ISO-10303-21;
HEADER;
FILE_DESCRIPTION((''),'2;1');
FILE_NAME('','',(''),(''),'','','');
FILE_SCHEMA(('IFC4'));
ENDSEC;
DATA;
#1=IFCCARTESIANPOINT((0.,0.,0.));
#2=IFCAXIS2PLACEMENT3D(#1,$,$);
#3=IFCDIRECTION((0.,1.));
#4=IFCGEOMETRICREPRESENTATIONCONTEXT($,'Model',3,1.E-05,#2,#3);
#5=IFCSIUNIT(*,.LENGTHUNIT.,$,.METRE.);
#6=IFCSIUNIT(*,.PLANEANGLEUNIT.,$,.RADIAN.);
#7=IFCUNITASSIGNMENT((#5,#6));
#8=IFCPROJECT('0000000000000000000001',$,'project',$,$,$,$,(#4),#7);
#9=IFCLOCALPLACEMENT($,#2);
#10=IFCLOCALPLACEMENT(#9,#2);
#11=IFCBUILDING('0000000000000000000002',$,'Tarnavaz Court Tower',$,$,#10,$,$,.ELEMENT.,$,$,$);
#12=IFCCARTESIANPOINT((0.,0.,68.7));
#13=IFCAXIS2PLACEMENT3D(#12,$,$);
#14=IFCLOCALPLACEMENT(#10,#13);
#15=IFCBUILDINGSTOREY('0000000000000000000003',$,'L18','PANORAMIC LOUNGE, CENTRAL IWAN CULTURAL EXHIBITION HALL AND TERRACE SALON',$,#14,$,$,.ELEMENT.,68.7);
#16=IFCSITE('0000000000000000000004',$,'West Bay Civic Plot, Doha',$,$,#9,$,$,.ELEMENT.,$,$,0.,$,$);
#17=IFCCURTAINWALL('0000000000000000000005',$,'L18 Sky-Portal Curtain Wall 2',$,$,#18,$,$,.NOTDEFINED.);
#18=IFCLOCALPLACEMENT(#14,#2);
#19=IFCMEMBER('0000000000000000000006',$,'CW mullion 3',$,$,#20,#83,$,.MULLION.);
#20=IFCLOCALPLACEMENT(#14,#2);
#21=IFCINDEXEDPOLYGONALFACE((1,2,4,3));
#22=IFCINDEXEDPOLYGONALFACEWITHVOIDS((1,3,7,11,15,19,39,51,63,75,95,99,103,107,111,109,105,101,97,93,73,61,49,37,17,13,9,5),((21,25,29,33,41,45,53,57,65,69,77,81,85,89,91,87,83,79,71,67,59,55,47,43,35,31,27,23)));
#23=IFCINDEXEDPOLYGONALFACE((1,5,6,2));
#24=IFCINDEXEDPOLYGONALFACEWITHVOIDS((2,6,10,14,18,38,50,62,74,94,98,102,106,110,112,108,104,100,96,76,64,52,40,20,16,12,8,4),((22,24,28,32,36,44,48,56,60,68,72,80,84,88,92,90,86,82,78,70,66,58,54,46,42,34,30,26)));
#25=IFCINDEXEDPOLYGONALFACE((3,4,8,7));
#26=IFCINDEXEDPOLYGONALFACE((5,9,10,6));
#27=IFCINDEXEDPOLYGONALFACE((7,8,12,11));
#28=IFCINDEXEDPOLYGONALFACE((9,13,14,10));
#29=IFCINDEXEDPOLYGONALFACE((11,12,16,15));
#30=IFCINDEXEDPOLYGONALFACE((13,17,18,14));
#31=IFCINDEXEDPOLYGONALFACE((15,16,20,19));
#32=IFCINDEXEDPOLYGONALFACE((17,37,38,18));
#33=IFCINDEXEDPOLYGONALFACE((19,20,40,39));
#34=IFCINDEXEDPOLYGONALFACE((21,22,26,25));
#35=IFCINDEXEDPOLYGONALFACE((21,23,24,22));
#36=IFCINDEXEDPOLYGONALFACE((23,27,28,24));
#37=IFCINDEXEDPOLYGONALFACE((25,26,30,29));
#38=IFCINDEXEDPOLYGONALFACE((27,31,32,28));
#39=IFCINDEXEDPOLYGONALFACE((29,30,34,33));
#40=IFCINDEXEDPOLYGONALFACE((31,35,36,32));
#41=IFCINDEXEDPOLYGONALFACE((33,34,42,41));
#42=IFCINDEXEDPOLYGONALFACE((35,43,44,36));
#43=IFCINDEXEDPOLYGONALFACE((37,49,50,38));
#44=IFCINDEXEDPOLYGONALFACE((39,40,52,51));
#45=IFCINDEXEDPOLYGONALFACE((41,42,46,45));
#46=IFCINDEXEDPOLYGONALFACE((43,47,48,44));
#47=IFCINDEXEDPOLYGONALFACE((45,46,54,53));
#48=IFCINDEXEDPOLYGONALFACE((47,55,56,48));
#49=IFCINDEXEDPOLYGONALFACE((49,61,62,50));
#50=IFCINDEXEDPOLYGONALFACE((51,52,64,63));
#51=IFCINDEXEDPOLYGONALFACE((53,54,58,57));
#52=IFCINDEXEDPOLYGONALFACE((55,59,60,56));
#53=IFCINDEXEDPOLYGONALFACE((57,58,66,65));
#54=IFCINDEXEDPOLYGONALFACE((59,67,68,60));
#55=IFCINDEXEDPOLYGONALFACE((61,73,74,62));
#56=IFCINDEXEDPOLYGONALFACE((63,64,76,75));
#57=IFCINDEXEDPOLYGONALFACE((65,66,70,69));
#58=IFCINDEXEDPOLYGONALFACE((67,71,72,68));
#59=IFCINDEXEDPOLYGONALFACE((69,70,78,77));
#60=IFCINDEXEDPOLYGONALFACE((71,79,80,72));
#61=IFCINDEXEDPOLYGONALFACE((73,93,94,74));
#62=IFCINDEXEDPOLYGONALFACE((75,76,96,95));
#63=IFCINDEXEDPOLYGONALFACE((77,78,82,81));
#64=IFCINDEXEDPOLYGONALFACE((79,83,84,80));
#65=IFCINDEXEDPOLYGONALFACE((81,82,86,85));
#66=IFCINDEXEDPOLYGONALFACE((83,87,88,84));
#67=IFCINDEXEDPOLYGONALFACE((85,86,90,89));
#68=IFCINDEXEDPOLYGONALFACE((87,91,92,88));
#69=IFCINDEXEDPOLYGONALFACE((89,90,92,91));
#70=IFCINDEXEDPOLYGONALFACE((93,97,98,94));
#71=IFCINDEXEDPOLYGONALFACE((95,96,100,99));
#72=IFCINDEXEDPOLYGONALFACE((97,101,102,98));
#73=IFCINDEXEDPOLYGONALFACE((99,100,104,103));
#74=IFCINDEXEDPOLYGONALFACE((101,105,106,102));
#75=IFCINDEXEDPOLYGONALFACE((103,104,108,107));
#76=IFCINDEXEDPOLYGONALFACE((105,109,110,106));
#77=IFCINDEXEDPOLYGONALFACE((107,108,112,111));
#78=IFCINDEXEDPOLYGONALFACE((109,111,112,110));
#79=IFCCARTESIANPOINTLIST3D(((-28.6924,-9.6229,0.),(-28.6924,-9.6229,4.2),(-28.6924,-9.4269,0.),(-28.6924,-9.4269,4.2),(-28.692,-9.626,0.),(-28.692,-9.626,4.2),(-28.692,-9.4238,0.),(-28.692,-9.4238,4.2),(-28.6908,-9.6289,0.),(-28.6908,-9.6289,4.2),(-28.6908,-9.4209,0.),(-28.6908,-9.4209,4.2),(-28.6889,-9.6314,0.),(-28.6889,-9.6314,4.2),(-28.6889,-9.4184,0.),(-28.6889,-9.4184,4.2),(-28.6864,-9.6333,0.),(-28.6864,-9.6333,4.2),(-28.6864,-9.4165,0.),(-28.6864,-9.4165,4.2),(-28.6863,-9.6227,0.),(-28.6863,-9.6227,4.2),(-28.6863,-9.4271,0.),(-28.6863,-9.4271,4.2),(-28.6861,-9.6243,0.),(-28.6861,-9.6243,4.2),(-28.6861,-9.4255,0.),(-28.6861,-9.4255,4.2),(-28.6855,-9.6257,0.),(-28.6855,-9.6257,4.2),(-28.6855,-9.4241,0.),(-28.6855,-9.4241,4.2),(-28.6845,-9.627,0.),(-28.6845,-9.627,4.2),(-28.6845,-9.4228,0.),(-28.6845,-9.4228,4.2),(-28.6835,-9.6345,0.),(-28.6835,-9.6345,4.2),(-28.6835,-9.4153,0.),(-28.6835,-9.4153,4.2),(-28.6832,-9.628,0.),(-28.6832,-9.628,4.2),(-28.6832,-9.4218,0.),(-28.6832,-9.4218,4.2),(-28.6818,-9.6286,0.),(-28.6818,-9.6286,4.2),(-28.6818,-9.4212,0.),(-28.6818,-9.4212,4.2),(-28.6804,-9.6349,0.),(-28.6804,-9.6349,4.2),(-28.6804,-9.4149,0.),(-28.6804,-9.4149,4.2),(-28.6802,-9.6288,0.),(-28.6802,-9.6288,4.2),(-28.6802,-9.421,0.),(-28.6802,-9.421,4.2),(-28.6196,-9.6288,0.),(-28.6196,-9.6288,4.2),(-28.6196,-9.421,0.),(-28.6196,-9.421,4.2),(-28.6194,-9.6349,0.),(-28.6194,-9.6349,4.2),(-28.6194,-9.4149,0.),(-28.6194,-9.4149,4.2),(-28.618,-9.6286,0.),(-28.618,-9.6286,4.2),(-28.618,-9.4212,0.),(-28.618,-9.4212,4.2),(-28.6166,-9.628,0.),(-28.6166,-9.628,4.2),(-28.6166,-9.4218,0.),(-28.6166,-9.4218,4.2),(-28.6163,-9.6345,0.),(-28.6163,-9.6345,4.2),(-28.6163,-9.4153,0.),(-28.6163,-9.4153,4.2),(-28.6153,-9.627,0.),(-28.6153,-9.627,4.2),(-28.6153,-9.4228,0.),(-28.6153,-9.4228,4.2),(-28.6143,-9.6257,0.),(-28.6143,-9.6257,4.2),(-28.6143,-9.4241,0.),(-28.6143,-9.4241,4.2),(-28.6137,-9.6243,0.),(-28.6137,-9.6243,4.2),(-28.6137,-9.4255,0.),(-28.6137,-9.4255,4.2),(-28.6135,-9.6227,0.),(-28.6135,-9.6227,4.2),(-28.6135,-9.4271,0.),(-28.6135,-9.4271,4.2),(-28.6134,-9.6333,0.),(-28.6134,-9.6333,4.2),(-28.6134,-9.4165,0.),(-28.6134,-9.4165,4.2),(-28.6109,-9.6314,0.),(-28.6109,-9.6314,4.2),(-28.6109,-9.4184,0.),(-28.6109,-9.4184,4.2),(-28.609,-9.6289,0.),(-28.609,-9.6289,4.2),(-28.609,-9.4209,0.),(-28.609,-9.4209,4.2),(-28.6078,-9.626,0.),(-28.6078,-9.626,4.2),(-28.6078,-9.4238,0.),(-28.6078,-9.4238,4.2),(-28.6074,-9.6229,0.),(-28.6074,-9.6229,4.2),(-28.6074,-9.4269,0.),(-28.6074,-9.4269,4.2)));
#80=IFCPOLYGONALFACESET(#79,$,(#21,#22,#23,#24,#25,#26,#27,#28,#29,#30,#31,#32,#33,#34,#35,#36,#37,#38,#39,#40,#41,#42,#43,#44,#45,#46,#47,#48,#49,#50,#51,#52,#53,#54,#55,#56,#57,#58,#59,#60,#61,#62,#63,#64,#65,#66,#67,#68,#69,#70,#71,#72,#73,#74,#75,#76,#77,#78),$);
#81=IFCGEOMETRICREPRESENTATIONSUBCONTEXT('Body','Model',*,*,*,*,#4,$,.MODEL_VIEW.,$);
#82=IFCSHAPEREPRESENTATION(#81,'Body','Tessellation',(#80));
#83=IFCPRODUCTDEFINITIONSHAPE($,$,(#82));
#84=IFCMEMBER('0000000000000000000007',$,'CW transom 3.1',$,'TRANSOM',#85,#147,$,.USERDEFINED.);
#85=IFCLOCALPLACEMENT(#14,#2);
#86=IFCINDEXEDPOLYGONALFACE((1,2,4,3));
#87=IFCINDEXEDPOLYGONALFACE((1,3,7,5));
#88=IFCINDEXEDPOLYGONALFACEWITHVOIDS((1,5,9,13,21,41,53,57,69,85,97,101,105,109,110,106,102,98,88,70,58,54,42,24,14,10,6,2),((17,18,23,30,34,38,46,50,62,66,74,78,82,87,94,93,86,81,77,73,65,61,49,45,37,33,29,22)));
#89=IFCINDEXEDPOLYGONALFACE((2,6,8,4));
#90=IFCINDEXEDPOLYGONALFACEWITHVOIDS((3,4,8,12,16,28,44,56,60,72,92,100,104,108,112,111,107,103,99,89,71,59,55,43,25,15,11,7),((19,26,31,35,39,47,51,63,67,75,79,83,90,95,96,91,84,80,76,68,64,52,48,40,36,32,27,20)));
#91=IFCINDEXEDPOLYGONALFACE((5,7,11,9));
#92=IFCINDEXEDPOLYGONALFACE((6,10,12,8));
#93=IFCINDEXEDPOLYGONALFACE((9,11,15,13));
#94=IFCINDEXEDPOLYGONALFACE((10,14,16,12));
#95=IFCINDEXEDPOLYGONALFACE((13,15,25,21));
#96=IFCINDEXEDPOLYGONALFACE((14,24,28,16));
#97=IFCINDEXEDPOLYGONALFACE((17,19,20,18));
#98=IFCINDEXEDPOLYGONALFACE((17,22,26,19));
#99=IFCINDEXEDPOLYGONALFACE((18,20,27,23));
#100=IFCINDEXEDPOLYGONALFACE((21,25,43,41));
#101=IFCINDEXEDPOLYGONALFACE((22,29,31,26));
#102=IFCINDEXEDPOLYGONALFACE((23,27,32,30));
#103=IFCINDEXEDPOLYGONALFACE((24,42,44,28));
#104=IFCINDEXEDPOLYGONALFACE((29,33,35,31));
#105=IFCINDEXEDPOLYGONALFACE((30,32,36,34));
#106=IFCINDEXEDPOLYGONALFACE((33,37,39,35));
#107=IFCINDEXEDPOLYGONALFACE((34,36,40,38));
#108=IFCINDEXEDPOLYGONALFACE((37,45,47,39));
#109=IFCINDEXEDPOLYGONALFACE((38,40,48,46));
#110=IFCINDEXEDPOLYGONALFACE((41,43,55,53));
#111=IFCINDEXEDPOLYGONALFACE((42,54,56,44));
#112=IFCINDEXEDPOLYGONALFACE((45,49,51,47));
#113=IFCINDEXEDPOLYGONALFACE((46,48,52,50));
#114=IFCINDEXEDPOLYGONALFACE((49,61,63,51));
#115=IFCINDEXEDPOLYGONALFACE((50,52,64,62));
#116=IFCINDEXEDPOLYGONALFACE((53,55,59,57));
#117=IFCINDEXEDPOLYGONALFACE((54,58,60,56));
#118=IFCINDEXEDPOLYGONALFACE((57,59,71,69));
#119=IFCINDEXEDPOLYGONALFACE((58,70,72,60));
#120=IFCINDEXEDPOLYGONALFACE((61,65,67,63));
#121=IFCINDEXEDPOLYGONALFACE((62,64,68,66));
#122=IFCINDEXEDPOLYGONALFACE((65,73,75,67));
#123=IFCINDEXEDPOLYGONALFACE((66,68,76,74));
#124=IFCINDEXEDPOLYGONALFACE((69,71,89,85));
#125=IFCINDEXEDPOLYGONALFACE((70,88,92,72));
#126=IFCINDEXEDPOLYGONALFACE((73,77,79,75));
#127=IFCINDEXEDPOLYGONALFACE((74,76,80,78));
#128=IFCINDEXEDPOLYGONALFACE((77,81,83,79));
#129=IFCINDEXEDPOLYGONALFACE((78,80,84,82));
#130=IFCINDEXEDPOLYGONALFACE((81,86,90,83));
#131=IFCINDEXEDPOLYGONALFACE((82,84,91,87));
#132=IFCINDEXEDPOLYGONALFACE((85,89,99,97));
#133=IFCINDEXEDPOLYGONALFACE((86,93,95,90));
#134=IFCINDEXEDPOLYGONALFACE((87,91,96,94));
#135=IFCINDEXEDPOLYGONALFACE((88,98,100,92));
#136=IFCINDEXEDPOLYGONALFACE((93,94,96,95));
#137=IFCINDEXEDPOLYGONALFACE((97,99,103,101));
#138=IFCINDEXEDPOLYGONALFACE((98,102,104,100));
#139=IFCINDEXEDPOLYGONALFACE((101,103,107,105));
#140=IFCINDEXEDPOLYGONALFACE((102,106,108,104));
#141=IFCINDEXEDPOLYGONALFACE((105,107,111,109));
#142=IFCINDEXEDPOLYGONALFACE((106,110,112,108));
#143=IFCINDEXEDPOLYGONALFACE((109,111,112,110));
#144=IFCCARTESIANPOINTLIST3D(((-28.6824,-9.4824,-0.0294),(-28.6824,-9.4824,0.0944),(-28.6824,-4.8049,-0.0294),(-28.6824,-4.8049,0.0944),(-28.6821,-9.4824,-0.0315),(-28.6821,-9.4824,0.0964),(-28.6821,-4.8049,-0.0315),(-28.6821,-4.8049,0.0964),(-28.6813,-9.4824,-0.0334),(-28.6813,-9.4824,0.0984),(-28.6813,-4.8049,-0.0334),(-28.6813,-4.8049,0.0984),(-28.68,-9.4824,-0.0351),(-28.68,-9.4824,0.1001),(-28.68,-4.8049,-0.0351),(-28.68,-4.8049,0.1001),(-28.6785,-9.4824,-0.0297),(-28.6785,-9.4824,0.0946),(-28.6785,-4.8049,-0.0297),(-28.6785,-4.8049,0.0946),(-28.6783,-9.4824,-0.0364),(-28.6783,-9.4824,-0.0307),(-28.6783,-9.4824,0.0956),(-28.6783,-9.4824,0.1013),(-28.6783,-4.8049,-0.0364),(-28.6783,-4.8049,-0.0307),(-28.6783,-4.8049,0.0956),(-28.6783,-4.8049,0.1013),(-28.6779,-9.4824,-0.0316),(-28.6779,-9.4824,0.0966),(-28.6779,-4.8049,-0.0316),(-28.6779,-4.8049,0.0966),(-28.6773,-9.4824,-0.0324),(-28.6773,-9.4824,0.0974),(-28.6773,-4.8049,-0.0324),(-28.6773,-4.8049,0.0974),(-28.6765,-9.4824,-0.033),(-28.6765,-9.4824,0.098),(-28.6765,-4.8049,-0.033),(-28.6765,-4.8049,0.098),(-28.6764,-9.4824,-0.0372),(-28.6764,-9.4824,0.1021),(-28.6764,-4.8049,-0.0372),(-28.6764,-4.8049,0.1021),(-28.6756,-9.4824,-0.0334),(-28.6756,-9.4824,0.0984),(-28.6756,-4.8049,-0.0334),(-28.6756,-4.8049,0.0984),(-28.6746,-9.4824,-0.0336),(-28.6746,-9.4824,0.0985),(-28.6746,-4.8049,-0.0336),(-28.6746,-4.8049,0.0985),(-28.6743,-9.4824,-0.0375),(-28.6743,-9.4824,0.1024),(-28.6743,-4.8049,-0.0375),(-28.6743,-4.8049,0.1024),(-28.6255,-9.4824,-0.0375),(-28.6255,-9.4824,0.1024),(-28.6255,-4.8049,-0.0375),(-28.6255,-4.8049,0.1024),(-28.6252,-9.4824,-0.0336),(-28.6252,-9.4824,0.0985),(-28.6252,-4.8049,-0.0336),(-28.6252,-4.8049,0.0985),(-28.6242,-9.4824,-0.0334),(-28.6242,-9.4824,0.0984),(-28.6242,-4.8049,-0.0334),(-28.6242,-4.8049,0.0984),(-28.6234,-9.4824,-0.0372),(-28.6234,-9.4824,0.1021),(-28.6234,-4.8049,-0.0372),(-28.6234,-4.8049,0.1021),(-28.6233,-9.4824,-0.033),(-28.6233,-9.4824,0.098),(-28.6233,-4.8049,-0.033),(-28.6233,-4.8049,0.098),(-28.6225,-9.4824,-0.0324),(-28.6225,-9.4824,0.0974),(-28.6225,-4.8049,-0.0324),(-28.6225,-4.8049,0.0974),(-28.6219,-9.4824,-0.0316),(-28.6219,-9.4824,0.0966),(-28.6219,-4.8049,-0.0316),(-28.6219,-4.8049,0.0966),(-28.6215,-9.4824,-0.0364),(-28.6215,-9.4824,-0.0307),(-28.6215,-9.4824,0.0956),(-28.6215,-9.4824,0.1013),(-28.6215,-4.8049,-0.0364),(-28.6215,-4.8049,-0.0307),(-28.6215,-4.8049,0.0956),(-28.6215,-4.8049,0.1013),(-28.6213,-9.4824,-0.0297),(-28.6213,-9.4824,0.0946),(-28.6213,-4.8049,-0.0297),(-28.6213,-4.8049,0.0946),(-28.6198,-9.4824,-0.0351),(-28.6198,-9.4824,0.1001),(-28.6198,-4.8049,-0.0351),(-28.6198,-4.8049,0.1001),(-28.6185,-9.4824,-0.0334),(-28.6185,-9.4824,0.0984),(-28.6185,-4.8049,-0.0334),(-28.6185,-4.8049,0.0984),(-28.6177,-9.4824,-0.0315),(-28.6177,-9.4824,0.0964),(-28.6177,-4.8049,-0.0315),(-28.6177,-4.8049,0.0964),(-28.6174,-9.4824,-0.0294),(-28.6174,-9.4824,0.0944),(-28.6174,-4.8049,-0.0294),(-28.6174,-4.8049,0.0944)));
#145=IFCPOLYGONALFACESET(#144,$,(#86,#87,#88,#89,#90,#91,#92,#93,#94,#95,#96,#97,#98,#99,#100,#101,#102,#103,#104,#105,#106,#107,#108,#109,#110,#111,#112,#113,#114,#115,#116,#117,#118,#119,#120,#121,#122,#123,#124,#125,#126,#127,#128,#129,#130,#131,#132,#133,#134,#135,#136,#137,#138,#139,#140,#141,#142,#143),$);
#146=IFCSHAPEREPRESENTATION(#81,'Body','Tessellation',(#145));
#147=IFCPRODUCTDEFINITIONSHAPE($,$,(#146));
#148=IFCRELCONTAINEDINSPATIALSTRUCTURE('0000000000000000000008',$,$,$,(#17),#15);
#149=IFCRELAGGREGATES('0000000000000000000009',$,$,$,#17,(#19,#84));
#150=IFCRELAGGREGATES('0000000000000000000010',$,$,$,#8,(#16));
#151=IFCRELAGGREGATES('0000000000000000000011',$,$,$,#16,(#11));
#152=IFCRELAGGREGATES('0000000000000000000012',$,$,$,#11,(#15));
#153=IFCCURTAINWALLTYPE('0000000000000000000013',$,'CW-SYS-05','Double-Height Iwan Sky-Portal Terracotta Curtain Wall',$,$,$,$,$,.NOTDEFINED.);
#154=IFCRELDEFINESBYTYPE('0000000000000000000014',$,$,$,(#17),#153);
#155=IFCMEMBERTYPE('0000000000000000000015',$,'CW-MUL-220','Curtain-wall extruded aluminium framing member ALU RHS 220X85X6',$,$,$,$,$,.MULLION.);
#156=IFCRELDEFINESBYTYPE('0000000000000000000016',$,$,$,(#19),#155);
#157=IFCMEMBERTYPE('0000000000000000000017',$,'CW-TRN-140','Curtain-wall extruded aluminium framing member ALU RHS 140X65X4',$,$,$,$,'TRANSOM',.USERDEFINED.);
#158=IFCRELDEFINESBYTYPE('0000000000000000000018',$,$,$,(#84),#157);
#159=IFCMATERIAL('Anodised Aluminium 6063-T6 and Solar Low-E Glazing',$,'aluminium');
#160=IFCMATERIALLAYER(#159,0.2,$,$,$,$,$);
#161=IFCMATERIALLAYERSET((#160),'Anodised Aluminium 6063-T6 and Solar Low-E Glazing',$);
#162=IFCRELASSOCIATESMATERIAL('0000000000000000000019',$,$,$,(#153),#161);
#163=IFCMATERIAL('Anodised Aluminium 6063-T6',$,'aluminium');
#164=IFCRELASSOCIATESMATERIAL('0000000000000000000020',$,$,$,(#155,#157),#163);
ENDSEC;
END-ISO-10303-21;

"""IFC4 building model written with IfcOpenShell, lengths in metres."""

from ifc_helpers import new_model, si_unit, direction, frame, origin, origin_2d, place, context, subcontext, project, spatial, hollow_rectangle, extrude, material, layer, layer_set, material_profile, profile_set, type_object, element, aggregate, save


model = new_model("IFC4")

# Units and contexts
model_context = context("Model", 3, precision=1e-05, world=origin(), true_north=direction((0.0, 1.0)))
body_context = subcontext(model_context, "Body", "Model", "MODEL_VIEW")
ifc_project = project(units=[si_unit("LENGTHUNIT", "METRE"), si_unit("PLANEANGLEUNIT", "RADIAN")], contexts=[model_context])

# Site, building, storey
site_placement = place(None, origin())
site = spatial("IfcSite", under=ifc_project, at=site_placement, Name="West Bay Civic Plot, Doha", CompositionType="ELEMENT", RefElevation=0.0)
building_placement = place(site_placement, origin())
building = spatial("IfcBuilding", under=site, at=building_placement, Name="Tarnavaz Court Tower", CompositionType="ELEMENT")
storey_placement = place(building_placement, frame((0.0, 0.0, 68.7)))
storey = spatial("IfcBuildingStorey", under=building, at=storey_placement, Name="L18", Description="PANORAMIC LOUNGE, CENTRAL IWAN CULTURAL EXHIBITION HALL AND TERRACE SALON", CompositionType="ELEMENT", Elevation=68.7)

# Curtain wall, members
ifc_material_1 = material(Name="Anodised Aluminium 6063-T6 and Solar Low-E Glazing", Category="aluminium")
ifc_layer_1 = layer(ifc_material_1, 0.2)
ifc_layer_set_1 = layer_set([ifc_layer_1], Name="Anodised Aluminium 6063-T6 and Solar Low-E Glazing")
curtain_wall_type = type_object("IfcCurtainWallType", Name="CW-SYS-05", Description="Double-Height Iwan Sky-Portal Terracotta Curtain Wall", PredefinedType="NOTDEFINED", material=ifc_layer_set_1)
curtain_wall_placement = place(storey_placement, origin())
curtain_wall = element("IfcCurtainWall", 1, at=curtain_wall_placement, inside=storey, type_object=curtain_wall_type, Name="L18 Sky-Portal Curtain Wall 2", PredefinedType="NOTDEFINED")
ifc_material_2 = material(Name="Anodised Aluminium 6063-T6", Category="aluminium")
ifc_material_profile_1 = material_profile(ifc_material_2, hollow_rectangle(XDim=0.085, YDim=0.22, WallThickness=0.0061, InnerFilletRadius=0.0061, OuterFilletRadius=0.012, at=origin_2d()), Name="ALU RHS 220X85X6")
ifc_profile_set_1 = profile_set([ifc_material_profile_1], Name="Anodised Aluminium 6063-T6")
member_type_1 = type_object("IfcMemberType", Name="CW-MUL-220", Description="Curtain-wall extruded aluminium framing member ALU RHS 220X85X6", PredefinedType="MULLION", material=ifc_profile_set_1)
member_1_placement = place(storey_placement, frame((-28.6499, -9.5249, 0.0), z_axis=(0.0, 0.0, 1.0), x_axis=(-1.0, 0.0, 0.0)))
member_1 = element("IfcMember", 2, at=member_1_placement, type_object=member_type_1, Name="CW mullion 3", PredefinedType="MULLION", context=body_context, shape_type="SweptSolid", body=[
    extrude(hollow_rectangle(XDim=0.085, YDim=0.22, WallThickness=0.0061, InnerFilletRadius=0.0061, OuterFilletRadius=0.012, at=origin_2d()), origin(), (0.0, 0.0, 1.0), 4.2),
])
ifc_material_profile_2 = material_profile(ifc_material_2, hollow_rectangle(XDim=0.0649, YDim=0.1399, WallThickness=0.0039, InnerFilletRadius=0.0039, OuterFilletRadius=0.0081, at=origin_2d()), Name="ALU RHS 140X65X4")
ifc_profile_set_2 = profile_set([ifc_material_profile_2], Name="Anodised Aluminium 6063-T6")
member_type_2 = type_object("IfcMemberType", Name="CW-TRN-140", Description="Curtain-wall extruded aluminium framing member ALU RHS 140X65X4", ElementType="TRANSOM", PredefinedType="USERDEFINED", material=ifc_profile_set_2)
member_2_placement = place(storey_placement, frame((-28.6499, -9.4824, 0.0325), z_axis=(0.0, 1.0, 0.0), x_axis=(-1.0, 0.0, 0.0)))
member_2 = element("IfcMember", 3, at=member_2_placement, type_object=member_type_2, Name="CW transom 3.1", ObjectType="TRANSOM", PredefinedType="USERDEFINED", context=body_context, shape_type="SweptSolid", body=[
    extrude(hollow_rectangle(XDim=0.0649, YDim=0.1399, WallThickness=0.0039, InnerFilletRadius=0.0039, OuterFilletRadius=0.0081, at=origin_2d()), origin(), (0.0, 0.0, 1.0), 4.6775),
])
aggregate(curtain_wall, [member_1, member_2])

save(model, "model.ifc")
